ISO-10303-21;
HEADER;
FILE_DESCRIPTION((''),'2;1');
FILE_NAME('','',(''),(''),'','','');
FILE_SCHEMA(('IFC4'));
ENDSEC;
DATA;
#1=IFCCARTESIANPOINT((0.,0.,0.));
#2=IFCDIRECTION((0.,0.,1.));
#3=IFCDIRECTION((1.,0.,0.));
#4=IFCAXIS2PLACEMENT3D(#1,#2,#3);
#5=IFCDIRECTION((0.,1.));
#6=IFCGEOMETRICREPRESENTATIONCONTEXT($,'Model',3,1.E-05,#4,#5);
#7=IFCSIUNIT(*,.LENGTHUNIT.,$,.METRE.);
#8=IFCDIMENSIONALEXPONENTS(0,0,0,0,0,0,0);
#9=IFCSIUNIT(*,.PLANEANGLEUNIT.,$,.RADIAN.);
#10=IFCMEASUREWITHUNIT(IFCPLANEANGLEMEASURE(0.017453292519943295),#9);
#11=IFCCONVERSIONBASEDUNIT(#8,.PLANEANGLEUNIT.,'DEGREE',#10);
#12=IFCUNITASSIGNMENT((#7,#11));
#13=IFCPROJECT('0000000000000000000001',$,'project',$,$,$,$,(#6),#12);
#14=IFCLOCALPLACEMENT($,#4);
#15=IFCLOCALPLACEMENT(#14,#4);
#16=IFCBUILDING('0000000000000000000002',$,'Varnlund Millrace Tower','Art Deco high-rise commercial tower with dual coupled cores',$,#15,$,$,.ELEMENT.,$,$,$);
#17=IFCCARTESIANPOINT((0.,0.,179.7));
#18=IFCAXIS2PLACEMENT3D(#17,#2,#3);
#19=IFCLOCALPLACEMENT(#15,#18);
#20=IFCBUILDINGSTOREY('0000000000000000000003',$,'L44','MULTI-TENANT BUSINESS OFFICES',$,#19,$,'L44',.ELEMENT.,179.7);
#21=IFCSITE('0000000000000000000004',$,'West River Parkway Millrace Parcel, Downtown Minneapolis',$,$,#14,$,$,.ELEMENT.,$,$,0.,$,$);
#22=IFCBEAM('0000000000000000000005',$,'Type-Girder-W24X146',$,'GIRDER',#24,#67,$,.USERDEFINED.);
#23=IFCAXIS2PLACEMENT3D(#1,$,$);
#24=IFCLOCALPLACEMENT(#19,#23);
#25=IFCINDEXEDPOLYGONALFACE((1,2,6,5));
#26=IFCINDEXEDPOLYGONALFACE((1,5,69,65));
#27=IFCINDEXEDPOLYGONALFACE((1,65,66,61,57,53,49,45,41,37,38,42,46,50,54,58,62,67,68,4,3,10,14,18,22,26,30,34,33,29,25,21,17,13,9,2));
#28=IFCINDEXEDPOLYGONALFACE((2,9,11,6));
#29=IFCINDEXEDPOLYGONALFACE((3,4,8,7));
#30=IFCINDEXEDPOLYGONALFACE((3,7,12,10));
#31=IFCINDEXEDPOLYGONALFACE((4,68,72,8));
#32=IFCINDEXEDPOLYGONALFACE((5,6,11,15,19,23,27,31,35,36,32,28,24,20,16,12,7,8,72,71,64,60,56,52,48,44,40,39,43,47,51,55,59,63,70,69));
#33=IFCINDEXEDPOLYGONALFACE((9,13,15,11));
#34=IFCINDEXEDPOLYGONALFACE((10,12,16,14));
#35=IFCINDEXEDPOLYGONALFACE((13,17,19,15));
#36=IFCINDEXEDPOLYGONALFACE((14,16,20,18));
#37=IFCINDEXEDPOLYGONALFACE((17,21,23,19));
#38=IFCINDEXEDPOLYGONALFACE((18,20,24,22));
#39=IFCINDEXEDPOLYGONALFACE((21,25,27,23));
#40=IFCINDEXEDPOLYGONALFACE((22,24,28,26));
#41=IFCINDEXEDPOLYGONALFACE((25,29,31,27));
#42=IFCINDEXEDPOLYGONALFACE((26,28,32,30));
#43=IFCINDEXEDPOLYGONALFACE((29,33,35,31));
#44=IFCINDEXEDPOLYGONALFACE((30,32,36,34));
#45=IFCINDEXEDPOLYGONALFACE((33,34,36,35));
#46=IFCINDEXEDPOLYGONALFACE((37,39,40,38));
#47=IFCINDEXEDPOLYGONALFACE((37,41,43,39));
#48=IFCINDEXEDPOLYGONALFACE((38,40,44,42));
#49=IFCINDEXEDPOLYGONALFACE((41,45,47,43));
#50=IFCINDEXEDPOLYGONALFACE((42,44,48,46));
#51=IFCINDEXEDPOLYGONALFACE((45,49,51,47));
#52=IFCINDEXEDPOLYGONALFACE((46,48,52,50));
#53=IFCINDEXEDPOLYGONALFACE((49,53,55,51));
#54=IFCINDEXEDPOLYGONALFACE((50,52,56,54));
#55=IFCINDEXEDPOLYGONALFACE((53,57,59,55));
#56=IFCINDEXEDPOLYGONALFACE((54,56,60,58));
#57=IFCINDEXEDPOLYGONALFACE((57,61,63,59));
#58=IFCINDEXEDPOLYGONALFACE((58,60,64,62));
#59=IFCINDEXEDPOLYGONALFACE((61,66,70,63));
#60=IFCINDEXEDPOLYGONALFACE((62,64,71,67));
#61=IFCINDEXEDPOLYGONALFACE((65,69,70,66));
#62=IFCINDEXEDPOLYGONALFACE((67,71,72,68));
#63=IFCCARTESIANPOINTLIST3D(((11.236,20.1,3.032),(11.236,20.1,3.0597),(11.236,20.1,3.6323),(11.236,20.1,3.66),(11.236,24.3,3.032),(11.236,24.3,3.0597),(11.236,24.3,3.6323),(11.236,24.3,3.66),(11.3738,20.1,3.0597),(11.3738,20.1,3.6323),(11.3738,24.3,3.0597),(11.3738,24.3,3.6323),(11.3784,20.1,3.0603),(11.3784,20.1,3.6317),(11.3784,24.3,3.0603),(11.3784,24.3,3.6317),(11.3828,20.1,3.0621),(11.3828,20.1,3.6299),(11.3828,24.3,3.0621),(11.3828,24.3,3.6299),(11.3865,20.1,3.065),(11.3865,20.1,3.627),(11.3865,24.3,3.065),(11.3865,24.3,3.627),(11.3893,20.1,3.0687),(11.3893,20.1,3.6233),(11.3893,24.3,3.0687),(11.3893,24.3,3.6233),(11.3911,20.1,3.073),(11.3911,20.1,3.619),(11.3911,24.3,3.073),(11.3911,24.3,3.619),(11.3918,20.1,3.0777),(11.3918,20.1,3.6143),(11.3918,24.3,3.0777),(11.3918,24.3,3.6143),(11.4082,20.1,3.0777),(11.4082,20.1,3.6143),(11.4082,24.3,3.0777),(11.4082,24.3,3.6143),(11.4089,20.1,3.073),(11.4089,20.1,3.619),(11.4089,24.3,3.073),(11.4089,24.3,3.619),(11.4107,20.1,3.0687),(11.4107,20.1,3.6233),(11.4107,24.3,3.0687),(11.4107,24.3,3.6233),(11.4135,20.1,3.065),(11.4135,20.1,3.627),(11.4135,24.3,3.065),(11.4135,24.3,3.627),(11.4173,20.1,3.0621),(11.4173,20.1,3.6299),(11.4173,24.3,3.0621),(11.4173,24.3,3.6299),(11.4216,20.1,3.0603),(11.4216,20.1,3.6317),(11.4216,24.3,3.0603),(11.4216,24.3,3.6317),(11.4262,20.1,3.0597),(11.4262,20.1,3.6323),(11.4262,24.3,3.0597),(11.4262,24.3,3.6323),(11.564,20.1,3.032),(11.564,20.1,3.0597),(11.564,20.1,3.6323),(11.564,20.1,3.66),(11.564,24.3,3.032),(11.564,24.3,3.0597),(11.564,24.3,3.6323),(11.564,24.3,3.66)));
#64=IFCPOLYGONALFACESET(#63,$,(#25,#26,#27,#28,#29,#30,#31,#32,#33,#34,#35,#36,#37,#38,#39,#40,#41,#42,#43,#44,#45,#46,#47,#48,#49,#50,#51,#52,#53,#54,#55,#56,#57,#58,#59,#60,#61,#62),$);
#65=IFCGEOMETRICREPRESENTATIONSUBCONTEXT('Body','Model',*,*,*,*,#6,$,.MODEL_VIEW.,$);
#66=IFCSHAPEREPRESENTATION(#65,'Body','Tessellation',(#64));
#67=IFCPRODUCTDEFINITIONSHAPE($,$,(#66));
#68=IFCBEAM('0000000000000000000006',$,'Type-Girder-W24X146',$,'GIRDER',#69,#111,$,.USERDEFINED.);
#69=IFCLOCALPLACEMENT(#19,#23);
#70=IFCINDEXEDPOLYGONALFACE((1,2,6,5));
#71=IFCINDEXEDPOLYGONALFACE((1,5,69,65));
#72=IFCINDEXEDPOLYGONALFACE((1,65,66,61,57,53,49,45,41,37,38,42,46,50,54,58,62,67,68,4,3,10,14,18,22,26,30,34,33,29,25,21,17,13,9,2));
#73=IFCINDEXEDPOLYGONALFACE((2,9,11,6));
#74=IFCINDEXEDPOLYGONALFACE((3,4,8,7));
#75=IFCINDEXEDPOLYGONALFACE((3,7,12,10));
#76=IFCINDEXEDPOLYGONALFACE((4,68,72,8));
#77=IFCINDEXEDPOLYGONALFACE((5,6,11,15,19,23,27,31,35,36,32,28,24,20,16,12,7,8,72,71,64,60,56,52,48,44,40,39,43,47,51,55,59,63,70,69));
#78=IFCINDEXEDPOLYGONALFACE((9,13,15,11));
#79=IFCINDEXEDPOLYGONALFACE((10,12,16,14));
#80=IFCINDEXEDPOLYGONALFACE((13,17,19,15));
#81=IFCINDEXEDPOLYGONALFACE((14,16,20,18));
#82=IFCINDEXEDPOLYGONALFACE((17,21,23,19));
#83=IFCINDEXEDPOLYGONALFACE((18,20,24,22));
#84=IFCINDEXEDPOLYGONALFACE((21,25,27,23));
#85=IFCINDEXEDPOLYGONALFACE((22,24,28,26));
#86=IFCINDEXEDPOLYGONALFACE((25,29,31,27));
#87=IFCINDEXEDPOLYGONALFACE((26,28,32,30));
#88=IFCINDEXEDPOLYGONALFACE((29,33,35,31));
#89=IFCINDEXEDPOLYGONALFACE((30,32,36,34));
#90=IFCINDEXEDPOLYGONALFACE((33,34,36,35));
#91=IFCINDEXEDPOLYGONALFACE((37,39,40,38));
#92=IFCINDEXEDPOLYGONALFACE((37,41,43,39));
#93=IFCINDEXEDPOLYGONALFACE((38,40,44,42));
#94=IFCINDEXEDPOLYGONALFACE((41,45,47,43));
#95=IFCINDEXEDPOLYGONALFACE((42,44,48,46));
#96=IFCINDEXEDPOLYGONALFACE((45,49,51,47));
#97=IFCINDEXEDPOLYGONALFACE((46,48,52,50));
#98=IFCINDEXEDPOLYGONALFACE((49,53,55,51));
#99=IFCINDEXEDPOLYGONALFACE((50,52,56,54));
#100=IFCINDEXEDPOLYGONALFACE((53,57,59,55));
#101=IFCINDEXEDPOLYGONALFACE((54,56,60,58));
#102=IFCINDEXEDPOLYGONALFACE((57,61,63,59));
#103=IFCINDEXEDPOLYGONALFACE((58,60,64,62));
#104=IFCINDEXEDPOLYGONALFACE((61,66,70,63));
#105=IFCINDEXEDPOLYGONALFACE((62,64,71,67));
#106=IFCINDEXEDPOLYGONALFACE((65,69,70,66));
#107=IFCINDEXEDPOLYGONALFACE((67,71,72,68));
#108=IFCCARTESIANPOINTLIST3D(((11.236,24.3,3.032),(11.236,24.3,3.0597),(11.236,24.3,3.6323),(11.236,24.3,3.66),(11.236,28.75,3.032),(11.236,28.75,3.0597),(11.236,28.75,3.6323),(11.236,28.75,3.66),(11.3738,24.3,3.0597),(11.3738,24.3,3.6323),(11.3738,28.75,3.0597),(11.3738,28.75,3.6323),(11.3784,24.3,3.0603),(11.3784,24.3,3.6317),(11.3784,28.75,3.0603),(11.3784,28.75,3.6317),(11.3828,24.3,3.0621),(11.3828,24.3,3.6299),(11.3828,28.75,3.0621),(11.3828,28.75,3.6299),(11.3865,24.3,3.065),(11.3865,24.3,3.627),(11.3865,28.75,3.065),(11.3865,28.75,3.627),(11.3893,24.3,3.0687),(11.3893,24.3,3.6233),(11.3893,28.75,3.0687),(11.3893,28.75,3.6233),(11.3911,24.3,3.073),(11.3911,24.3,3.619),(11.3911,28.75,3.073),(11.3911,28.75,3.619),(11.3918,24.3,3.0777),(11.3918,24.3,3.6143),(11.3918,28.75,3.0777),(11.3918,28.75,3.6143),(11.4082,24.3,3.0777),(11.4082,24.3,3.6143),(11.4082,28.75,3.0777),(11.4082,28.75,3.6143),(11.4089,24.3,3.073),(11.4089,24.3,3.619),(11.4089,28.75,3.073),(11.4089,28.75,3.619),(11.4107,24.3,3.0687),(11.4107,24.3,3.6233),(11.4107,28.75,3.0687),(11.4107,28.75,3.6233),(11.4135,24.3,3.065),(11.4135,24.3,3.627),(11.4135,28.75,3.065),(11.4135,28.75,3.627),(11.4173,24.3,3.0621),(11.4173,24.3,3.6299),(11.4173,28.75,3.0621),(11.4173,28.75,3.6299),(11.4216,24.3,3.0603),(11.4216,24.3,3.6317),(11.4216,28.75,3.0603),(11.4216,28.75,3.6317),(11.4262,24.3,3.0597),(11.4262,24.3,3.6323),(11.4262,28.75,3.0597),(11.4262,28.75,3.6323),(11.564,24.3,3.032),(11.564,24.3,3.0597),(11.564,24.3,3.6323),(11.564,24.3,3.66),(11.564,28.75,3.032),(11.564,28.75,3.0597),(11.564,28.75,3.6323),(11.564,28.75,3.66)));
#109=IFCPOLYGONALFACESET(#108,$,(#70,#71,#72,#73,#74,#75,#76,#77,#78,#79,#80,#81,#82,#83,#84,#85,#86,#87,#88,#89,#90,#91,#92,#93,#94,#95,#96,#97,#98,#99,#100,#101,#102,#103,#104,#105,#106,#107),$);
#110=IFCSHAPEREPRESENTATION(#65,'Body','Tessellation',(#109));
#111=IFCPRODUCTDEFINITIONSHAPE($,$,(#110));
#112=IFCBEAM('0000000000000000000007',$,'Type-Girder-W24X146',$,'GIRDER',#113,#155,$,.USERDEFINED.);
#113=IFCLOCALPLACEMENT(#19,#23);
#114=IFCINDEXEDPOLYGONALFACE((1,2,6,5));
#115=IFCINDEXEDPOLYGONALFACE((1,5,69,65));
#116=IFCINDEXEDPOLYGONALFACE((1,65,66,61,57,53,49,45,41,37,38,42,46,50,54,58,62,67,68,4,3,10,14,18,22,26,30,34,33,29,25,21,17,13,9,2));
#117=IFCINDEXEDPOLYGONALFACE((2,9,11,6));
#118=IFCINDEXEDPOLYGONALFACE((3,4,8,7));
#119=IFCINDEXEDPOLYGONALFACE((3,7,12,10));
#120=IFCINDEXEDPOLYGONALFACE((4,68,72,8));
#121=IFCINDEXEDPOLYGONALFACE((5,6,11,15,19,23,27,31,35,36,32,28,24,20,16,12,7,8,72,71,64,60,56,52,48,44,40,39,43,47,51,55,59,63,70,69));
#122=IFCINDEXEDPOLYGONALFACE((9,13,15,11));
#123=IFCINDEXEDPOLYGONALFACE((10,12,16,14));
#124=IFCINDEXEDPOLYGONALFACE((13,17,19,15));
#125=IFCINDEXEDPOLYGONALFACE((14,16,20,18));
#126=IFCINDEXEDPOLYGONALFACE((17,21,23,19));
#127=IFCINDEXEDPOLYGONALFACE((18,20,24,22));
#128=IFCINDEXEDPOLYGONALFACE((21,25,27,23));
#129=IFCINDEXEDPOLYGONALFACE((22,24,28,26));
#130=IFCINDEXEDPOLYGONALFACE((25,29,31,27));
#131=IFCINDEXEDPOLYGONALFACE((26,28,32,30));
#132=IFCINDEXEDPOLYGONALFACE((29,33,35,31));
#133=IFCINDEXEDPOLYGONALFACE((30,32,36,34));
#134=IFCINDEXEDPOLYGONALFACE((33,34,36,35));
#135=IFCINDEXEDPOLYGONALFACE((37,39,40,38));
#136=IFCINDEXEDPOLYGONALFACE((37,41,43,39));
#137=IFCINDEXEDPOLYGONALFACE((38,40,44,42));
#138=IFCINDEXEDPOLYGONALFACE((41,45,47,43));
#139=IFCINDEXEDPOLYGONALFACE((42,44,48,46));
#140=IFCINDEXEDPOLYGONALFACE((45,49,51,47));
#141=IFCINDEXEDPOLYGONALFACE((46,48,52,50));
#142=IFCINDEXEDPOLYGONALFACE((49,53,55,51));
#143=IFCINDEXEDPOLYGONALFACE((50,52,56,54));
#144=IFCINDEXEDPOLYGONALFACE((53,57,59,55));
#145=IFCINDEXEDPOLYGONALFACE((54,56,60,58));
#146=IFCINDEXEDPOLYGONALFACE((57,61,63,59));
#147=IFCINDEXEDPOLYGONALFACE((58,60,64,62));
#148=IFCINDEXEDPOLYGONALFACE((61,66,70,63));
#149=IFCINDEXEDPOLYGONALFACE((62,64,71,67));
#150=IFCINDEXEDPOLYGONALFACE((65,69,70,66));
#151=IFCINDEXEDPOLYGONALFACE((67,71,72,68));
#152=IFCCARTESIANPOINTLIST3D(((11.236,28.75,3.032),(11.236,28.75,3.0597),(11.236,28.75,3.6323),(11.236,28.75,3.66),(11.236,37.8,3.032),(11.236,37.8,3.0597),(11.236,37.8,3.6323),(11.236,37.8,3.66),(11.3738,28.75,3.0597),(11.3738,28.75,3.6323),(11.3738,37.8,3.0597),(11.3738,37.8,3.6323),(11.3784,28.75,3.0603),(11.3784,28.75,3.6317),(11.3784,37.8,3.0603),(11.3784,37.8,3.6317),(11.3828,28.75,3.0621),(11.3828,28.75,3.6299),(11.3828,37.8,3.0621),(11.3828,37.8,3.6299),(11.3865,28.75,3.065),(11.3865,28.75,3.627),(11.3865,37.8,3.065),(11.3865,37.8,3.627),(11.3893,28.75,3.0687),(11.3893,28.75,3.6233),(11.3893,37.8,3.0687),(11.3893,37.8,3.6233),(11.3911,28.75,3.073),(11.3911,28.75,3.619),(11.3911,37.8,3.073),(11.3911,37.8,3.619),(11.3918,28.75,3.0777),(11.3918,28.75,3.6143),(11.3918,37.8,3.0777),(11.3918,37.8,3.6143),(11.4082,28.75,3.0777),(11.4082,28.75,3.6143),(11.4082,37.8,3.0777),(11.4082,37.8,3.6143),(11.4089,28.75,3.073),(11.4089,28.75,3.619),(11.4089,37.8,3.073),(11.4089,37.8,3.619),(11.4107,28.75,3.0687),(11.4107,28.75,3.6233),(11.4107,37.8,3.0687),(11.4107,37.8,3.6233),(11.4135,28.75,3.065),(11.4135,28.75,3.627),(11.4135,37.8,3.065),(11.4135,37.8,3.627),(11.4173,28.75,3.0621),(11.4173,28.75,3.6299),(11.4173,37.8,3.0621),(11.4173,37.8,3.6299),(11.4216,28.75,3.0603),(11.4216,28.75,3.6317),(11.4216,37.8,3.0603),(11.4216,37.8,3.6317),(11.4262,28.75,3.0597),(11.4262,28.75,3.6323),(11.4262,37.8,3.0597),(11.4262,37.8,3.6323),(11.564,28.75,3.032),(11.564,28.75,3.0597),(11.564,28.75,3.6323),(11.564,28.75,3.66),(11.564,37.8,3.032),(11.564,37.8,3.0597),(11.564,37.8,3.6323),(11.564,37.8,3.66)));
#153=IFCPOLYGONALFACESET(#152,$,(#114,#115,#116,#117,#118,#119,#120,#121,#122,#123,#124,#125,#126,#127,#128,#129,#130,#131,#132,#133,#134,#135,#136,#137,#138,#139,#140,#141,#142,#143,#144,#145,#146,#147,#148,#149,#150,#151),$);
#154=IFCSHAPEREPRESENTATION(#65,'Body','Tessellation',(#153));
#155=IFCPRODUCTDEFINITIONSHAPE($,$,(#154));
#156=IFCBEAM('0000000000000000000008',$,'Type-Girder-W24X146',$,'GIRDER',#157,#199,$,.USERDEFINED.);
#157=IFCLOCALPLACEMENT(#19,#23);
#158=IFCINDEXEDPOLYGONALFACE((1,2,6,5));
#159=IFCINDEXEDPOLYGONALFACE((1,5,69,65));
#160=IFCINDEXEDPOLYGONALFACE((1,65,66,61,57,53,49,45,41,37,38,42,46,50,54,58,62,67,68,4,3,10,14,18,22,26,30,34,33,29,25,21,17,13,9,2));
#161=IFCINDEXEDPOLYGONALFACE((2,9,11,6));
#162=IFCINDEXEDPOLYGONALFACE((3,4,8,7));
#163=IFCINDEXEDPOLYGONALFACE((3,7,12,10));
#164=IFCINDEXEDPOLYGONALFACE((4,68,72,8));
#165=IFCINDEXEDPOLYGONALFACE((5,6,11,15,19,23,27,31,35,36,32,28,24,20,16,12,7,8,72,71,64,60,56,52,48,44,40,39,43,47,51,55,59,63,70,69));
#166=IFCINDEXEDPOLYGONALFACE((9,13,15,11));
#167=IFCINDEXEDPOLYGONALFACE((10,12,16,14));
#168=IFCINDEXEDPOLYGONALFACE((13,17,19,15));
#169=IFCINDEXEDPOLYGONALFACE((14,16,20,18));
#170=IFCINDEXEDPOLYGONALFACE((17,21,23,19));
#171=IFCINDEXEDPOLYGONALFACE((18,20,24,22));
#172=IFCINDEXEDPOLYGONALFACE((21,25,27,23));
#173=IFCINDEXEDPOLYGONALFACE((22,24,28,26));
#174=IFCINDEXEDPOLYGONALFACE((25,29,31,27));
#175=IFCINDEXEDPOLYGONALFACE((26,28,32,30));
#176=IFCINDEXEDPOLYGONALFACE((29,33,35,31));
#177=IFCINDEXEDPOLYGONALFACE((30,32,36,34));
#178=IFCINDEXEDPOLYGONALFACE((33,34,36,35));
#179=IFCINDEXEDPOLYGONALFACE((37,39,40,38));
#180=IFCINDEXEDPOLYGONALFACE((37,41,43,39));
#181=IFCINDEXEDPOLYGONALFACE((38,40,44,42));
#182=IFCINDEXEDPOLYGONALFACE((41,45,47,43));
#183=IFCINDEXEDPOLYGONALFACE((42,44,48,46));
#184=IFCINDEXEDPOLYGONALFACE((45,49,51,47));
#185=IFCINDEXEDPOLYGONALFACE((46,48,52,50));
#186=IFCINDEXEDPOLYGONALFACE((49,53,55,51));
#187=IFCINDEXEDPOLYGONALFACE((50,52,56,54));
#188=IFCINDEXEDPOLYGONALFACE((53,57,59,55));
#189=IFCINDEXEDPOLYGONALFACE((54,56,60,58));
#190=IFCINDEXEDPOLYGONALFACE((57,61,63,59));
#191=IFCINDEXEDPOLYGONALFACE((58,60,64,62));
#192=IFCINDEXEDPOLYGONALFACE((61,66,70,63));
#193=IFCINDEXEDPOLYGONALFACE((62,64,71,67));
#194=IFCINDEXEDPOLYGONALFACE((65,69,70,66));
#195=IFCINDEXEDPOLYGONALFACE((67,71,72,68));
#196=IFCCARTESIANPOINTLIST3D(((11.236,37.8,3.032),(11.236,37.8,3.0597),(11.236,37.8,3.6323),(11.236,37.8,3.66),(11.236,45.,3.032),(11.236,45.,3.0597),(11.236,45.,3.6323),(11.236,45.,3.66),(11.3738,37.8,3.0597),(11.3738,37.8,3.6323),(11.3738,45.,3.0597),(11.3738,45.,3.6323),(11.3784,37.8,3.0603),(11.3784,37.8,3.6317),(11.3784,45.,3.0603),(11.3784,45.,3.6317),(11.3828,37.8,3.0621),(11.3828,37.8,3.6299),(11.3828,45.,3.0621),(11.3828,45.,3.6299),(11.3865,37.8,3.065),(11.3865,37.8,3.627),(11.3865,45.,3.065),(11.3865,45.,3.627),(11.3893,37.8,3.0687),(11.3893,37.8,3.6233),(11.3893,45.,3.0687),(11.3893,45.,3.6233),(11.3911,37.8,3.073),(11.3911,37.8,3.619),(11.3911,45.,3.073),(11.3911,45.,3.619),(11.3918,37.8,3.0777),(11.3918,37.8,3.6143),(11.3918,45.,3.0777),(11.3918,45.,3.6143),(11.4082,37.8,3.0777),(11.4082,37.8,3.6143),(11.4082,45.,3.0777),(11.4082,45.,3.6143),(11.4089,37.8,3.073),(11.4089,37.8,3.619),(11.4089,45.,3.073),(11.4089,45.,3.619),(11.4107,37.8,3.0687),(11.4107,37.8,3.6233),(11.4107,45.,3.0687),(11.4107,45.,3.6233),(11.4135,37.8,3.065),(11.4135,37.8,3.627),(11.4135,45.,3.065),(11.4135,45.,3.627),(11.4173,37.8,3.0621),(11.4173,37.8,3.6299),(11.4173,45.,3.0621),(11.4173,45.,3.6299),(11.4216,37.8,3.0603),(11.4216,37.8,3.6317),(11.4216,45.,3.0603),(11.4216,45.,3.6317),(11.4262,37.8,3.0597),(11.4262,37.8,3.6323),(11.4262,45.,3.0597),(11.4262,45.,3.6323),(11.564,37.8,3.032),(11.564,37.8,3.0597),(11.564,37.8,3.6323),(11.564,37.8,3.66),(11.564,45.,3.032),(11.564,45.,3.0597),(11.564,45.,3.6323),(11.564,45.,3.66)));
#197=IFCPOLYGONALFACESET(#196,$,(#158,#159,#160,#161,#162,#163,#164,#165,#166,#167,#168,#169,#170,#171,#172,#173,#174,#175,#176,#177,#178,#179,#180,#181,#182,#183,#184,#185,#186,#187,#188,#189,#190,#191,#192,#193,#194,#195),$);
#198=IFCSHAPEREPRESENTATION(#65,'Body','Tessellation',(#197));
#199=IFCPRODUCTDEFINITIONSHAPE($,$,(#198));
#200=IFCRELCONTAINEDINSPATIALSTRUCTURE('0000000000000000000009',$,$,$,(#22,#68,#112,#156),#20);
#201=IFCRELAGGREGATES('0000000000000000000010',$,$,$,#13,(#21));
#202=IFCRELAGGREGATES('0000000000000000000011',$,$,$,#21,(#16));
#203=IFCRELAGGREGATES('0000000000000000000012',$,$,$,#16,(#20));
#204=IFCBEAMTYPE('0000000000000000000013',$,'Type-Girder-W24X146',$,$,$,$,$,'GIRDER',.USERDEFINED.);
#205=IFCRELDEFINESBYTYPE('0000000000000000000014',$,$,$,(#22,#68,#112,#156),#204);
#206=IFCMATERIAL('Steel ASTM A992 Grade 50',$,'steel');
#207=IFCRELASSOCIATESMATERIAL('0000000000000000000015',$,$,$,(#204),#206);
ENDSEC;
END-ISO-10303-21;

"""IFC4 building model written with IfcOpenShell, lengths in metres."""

from ifc_helpers import new_model, entity, si_unit, converted_unit, direction, frame, origin_with_axes, origin_2d_with_axis, place, context, subcontext, project, spatial, i_section, extrude, material, material_profile, profile_set, type_object, element, save


model = new_model("IFC4")

# Units and contexts
model_context = context("Model", 3, precision=1e-05, world=origin_with_axes(), true_north=direction((0.0, 1.0)))
body_context = subcontext(model_context, "Body", "Model", "MODEL_VIEW")
ifc_project = project(units=[si_unit("LENGTHUNIT", "METRE"), converted_unit("PLANEANGLEUNIT", "DEGREE", entity("IfcPlaneAngleMeasure", 0.017453292519943295), si_unit("PLANEANGLEUNIT", "RADIAN"), dimensions=[0, 0, 0, 0, 0, 0, 0])], contexts=[model_context])

# Site, building, storey
site_placement = place(None, origin_with_axes())
site = spatial("IfcSite", under=ifc_project, at=site_placement, Name="West River Parkway Millrace Parcel, Downtown Minneapolis", CompositionType="ELEMENT", RefElevation=0.0)
building_placement = place(site_placement, origin_with_axes())
building = spatial("IfcBuilding", under=site, at=building_placement, Name="Varnlund Millrace Tower", Description="Art Deco high-rise commercial tower with dual coupled cores", CompositionType="ELEMENT")
storey_placement = place(building_placement, frame((0.0, 0.0, 179.7), z_axis=(0.0, 0.0, 1.0), x_axis=(1.0, 0.0, 0.0)))
storey = spatial("IfcBuildingStorey", under=building, at=storey_placement, Name="L44", Description="MULTI-TENANT BUSINESS OFFICES", LongName="L44", CompositionType="ELEMENT", Elevation=179.7)

# Beams
ifc_material_1 = material(Name="Steel ASTM A992 Grade 50", Category="steel")
ifc_material_profile_1 = material_profile(ifc_material_1, i_section(OverallWidth=0.328, OverallDepth=0.628, WebThickness=0.0165, FlangeThickness=0.0277, FilletRadius=0.018, at=origin_2d_with_axis()), Name="Steel ASTM A992 Grade 50")
ifc_profile_set_1 = profile_set([ifc_material_profile_1], Name="Steel ASTM A992 Grade 50")
beam_type_1 = type_object("IfcBeamType", Name="Type-Girder-W24X146", ElementType="GIRDER", PredefinedType="USERDEFINED", material=ifc_profile_set_1)
beam_1_placement = place(storey_placement, frame((11.4, 20.1, 3.346), z_axis=(0.0, 1.0, 0.0), x_axis=(-1.0, 0.0, 0.0)))
element("IfcBeam", 1, at=beam_1_placement, inside=storey, type_object=beam_type_1, Name="Type-Girder-W24X146", ObjectType="GIRDER", PredefinedType="USERDEFINED", context=body_context, shape_type="SweptSolid", body=[
    extrude(i_section(OverallWidth=0.328, OverallDepth=0.628, WebThickness=0.0165, FlangeThickness=0.0277, FilletRadius=0.018, at=origin_2d_with_axis()), origin_with_axes(), (0.0, 0.0, 1.0), 4.2),
])
beam_2_placement = place(storey_placement, frame((11.4, 24.3, 3.346), z_axis=(0.0, 1.0, 0.0), x_axis=(-1.0, 0.0, 0.0)))
element("IfcBeam", 2, at=beam_2_placement, inside=storey, type_object=beam_type_1, Name="Type-Girder-W24X146", ObjectType="GIRDER", PredefinedType="USERDEFINED", context=body_context, shape_type="SweptSolid", body=[
    extrude(i_section(OverallWidth=0.328, OverallDepth=0.628, WebThickness=0.0165, FlangeThickness=0.0277, FilletRadius=0.018, at=origin_2d_with_axis()), origin_with_axes(), (0.0, 0.0, 1.0), 4.45),
])
beam_3_placement = place(storey_placement, frame((11.4, 28.75, 3.346), z_axis=(0.0, 1.0, 0.0), x_axis=(-1.0, 0.0, 0.0)))
element("IfcBeam", 3, at=beam_3_placement, inside=storey, type_object=beam_type_1, Name="Type-Girder-W24X146", ObjectType="GIRDER", PredefinedType="USERDEFINED", context=body_context, shape_type="SweptSolid", body=[
    extrude(i_section(OverallWidth=0.328, OverallDepth=0.628, WebThickness=0.0165, FlangeThickness=0.0277, FilletRadius=0.018, at=origin_2d_with_axis()), origin_with_axes(), (0.0, 0.0, 1.0), 9.05),
])
beam_4_placement = place(storey_placement, frame((11.4, 37.8, 3.346), z_axis=(0.0, 1.0, 0.0), x_axis=(-1.0, 0.0, 0.0)))
element("IfcBeam", 4, at=beam_4_placement, inside=storey, type_object=beam_type_1, Name="Type-Girder-W24X146", ObjectType="GIRDER", PredefinedType="USERDEFINED", context=body_context, shape_type="SweptSolid", body=[
    extrude(i_section(OverallWidth=0.328, OverallDepth=0.628, WebThickness=0.0165, FlangeThickness=0.0277, FilletRadius=0.018, at=origin_2d_with_axis()), origin_with_axes(), (0.0, 0.0, 1.0), 7.2),
])

save(model, "model.ifc")
